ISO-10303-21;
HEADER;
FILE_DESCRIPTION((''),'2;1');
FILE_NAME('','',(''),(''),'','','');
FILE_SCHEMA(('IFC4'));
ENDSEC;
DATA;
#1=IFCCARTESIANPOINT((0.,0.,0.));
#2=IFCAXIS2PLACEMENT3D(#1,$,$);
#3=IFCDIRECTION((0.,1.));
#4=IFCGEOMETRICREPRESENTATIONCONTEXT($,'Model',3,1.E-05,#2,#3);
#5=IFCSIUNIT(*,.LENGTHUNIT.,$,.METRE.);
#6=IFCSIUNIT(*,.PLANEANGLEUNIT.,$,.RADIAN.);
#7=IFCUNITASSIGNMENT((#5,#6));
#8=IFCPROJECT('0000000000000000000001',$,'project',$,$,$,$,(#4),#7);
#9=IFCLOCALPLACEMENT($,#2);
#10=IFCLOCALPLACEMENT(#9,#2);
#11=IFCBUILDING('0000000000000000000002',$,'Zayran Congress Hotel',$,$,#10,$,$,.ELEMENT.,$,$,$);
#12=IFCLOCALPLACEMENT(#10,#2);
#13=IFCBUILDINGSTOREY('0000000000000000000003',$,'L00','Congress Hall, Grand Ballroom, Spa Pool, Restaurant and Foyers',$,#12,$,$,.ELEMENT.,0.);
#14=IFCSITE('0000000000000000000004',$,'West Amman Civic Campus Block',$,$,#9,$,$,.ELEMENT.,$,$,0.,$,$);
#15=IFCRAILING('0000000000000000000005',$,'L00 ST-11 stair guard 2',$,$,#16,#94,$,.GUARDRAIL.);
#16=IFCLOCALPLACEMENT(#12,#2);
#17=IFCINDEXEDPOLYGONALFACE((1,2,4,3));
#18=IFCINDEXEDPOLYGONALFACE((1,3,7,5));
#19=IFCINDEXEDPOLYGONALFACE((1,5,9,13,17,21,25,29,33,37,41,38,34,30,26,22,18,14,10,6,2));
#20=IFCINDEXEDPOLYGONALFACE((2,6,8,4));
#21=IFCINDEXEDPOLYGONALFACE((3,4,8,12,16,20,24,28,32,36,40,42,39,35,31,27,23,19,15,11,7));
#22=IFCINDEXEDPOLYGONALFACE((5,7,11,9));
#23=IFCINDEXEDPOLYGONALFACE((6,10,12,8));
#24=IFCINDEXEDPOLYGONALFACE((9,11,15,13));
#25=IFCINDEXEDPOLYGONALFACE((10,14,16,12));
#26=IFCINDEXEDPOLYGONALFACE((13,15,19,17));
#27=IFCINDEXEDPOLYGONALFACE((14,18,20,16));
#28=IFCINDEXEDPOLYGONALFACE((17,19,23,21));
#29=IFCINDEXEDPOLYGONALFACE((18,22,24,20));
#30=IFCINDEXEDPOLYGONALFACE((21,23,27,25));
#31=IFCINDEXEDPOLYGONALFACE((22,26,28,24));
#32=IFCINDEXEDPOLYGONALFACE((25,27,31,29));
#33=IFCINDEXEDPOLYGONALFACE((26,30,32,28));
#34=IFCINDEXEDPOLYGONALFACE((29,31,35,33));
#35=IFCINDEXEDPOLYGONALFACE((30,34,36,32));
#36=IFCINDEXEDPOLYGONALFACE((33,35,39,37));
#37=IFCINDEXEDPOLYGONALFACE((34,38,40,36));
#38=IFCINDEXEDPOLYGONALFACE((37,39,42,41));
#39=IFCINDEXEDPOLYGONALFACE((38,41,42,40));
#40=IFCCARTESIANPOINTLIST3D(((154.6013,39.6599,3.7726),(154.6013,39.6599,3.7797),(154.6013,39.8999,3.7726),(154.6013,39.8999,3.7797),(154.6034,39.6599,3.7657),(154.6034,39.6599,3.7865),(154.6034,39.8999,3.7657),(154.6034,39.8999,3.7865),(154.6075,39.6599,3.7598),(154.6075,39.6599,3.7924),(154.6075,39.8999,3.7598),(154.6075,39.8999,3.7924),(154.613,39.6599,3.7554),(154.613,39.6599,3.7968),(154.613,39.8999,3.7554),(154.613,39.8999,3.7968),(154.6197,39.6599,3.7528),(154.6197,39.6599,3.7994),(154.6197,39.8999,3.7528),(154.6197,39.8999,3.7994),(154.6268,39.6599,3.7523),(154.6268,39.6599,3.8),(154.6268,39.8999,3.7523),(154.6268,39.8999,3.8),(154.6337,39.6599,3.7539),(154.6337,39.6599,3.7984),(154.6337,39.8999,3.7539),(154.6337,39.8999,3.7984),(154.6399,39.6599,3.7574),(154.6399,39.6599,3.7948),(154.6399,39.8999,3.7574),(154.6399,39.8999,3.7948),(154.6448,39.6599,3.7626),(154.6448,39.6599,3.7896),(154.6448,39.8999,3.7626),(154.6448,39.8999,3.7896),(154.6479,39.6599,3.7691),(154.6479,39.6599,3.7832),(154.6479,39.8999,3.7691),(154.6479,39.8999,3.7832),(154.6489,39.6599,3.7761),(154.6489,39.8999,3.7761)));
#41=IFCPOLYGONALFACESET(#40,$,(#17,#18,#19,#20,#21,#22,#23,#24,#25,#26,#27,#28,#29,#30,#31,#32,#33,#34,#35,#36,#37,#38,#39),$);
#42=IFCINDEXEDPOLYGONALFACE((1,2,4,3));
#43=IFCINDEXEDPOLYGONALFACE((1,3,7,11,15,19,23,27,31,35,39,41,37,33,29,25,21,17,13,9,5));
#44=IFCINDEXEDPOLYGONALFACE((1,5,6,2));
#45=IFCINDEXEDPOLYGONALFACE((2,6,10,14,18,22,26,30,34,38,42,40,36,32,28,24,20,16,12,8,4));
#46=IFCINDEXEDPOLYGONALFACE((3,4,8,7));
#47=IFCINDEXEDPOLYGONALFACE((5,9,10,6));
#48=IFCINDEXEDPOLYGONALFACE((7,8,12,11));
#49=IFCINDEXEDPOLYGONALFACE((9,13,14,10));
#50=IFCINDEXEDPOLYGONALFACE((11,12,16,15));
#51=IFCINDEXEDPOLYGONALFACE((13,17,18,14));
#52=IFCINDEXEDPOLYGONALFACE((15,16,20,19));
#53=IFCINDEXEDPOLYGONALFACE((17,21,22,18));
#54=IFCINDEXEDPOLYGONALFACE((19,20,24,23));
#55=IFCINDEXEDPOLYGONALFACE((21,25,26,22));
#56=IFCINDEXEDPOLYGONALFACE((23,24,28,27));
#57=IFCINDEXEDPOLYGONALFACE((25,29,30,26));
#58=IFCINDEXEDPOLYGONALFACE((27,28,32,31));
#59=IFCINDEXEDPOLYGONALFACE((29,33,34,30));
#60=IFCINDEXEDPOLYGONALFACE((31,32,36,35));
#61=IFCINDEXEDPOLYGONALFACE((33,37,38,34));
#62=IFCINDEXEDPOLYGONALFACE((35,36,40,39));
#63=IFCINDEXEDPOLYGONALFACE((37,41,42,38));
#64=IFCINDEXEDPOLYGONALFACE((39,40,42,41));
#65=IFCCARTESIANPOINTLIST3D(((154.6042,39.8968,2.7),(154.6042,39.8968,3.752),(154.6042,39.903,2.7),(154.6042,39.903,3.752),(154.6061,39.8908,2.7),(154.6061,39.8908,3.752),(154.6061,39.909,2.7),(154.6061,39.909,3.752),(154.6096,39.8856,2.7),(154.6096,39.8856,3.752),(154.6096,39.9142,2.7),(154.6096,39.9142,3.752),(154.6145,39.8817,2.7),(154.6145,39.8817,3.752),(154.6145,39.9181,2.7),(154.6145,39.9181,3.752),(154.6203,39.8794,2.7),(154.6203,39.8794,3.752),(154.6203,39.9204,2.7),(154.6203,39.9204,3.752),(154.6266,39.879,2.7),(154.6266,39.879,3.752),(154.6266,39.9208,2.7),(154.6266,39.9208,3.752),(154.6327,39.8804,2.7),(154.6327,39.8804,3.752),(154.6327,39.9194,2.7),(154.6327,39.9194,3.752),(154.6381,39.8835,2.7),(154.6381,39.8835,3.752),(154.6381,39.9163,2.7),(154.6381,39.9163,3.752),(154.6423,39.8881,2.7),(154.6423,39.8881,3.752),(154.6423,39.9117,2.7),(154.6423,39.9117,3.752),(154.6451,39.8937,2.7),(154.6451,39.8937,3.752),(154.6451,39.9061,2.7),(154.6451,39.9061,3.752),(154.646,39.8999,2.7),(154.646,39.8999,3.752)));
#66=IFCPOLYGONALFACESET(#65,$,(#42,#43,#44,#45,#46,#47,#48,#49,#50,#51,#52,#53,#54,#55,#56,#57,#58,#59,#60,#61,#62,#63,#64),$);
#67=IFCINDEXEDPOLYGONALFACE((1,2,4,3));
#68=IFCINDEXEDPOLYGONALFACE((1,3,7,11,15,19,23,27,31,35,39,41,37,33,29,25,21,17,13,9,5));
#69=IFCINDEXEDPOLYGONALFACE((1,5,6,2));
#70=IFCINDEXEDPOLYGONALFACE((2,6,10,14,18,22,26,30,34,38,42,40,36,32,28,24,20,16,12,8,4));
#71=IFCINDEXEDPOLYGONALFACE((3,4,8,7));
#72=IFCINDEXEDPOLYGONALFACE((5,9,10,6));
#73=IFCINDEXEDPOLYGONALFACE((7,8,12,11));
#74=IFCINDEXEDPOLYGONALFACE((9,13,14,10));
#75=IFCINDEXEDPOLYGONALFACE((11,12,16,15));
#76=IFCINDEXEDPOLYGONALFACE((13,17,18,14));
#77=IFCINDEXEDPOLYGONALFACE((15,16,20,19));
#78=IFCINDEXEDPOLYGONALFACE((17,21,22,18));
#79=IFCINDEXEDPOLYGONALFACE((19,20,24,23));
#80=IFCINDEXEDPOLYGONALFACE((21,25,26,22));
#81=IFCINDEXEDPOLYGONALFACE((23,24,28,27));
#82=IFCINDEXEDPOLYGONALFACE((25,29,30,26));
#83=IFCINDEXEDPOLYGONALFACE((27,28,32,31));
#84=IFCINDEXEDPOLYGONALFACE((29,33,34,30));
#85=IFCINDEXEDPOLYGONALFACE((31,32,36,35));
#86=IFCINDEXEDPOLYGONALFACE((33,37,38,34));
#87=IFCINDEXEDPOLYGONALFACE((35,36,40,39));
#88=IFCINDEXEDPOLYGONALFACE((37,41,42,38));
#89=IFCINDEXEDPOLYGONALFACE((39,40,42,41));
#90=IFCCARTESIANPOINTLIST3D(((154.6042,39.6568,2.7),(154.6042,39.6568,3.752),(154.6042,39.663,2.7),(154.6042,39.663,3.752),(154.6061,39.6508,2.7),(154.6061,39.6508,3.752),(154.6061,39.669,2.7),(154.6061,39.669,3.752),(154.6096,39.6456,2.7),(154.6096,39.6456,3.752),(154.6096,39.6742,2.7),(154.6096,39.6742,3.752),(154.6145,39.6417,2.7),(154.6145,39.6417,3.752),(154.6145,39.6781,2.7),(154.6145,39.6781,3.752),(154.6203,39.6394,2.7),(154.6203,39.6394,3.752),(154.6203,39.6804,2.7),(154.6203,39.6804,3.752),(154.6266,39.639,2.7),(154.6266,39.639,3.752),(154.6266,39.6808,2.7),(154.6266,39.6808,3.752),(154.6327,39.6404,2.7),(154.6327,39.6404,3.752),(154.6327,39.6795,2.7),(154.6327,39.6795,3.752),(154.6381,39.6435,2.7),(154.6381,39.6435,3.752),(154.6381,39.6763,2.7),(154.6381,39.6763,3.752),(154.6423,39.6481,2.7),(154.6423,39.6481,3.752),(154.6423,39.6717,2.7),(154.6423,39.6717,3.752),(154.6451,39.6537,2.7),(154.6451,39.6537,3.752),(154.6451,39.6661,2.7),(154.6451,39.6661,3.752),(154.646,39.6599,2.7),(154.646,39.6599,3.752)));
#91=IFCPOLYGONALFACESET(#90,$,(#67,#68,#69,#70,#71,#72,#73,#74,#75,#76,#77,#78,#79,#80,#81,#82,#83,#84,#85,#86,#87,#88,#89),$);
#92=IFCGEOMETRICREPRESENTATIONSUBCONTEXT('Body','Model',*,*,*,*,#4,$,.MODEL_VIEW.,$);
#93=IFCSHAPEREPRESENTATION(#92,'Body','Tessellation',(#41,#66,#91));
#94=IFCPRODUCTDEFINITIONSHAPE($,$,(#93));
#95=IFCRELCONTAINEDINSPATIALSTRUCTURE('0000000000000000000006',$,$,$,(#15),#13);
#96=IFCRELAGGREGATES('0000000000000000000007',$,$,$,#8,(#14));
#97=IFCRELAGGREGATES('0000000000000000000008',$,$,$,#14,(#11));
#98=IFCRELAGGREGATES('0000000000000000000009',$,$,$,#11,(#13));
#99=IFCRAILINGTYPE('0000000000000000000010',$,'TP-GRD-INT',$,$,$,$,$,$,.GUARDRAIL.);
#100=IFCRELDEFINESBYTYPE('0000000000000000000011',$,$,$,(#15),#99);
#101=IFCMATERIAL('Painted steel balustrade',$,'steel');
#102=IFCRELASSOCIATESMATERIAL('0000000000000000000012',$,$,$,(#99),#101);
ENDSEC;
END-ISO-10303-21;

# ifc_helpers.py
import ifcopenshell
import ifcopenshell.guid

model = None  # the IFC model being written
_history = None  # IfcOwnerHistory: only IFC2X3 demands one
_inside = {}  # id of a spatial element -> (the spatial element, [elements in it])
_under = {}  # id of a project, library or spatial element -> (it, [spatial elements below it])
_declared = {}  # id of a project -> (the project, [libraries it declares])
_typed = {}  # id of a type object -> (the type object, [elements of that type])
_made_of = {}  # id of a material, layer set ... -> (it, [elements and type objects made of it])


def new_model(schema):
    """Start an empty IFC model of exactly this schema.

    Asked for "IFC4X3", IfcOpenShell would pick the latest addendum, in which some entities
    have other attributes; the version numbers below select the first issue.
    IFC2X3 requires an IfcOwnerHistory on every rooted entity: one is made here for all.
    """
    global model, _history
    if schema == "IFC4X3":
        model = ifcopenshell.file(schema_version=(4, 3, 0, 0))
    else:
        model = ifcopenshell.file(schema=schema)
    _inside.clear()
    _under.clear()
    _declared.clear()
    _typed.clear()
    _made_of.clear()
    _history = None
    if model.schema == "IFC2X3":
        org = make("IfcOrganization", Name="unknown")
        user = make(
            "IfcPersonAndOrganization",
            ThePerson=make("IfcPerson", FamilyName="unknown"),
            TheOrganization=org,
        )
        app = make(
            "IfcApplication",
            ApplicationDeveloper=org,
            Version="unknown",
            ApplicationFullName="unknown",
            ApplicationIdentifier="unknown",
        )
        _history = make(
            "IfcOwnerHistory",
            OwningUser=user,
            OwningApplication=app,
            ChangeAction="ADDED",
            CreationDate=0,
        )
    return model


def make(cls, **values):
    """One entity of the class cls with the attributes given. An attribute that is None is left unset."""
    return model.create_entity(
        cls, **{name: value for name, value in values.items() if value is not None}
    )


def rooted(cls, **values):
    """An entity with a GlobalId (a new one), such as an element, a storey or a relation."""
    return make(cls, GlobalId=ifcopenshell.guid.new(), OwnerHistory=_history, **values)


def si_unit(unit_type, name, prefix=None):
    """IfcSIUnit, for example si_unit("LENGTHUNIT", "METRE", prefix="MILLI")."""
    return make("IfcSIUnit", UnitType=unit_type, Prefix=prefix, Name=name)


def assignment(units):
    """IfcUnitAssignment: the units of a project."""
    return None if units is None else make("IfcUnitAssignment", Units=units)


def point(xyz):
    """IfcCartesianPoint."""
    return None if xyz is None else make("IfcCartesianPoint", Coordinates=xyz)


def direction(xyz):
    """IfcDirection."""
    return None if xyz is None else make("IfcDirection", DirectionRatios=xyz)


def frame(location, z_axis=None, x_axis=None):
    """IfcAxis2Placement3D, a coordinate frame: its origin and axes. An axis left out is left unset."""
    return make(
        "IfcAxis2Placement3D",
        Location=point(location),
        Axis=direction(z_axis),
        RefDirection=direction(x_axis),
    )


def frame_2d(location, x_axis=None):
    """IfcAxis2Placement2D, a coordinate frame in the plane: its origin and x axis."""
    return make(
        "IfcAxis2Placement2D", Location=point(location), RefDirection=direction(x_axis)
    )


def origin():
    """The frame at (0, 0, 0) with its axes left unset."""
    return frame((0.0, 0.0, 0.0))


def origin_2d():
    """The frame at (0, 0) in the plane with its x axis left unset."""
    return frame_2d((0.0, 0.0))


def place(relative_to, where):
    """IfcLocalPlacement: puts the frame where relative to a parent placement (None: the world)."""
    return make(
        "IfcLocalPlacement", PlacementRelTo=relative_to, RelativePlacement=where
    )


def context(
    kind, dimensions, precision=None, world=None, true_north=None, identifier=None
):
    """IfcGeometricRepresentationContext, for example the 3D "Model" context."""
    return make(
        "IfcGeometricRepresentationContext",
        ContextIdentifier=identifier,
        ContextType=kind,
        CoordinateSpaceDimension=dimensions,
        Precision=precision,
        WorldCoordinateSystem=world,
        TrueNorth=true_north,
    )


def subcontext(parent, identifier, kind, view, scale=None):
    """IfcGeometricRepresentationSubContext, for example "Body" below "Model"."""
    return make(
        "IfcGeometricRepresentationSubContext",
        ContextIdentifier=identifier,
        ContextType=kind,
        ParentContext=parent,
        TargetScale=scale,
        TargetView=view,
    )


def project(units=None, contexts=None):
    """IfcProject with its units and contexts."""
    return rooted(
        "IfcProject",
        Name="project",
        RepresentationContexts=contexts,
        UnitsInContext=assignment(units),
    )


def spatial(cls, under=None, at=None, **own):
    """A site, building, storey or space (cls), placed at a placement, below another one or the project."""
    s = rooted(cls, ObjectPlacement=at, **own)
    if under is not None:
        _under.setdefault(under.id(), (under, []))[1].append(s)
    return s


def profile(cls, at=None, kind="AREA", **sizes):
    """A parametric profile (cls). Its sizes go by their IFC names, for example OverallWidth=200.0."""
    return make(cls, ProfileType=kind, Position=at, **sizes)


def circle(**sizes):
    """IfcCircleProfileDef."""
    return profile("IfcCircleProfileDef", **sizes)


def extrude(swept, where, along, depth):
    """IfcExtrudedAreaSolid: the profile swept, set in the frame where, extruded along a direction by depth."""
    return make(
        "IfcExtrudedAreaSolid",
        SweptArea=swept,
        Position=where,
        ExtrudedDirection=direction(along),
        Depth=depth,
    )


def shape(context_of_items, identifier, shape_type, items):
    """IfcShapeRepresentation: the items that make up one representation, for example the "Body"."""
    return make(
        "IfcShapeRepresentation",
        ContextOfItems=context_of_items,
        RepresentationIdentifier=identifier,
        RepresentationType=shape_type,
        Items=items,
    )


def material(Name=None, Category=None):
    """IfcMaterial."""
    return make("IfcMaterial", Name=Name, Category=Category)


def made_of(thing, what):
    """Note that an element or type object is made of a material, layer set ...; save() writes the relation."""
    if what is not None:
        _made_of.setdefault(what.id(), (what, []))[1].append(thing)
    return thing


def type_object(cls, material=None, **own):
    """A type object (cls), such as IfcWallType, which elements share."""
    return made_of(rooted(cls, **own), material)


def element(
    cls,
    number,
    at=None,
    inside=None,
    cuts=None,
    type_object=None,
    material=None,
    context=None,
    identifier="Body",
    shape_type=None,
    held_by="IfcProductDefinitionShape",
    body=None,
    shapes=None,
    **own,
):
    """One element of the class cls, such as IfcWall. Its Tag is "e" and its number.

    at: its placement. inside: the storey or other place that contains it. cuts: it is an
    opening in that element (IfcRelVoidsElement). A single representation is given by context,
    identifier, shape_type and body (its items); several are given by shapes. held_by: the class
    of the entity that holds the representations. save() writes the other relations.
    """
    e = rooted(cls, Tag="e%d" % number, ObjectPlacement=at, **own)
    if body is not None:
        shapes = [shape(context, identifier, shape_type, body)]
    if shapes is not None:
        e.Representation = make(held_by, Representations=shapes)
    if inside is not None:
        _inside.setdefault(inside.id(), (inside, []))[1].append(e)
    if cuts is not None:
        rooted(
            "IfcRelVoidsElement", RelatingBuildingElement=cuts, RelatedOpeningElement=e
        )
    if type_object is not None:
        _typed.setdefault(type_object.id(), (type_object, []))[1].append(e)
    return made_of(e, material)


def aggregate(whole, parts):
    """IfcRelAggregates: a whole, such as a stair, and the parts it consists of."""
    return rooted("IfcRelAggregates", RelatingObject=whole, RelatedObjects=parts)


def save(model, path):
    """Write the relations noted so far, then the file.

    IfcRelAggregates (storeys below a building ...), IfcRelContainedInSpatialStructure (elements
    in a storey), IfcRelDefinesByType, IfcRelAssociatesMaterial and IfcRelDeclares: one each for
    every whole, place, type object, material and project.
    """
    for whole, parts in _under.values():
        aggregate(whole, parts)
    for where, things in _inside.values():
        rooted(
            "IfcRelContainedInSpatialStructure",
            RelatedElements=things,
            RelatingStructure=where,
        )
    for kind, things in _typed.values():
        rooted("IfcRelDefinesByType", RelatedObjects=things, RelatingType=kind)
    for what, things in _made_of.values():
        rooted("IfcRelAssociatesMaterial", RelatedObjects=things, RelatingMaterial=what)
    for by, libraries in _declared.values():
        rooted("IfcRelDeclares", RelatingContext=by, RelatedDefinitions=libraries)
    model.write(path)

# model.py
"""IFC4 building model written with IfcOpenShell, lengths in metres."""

from ifc_helpers import new_model, si_unit, direction, frame, origin, origin_2d, place, context, subcontext, project, spatial, circle, extrude, material, type_object, element, save


model = new_model("IFC4")

# Units and contexts
model_context = context("Model", 3, precision=1e-05, world=origin(), true_north=direction((0.0, 1.0)))
body_context = subcontext(model_context, "Body", "Model", "MODEL_VIEW")
ifc_project = project(units=[si_unit("LENGTHUNIT", "METRE"), si_unit("PLANEANGLEUNIT", "RADIAN")], contexts=[model_context])

# Site, building, storey
site_placement = place(None, origin())
site = spatial("IfcSite", under=ifc_project, at=site_placement, Name="West Amman Civic Campus Block", CompositionType="ELEMENT", RefElevation=0.0)
building_placement = place(site_placement, origin())
building = spatial("IfcBuilding", under=site, at=building_placement, Name="Zayran Congress Hotel", CompositionType="ELEMENT")
storey_placement = place(building_placement, origin())
storey = spatial("IfcBuildingStorey", under=building, at=storey_placement, Name="L00", Description="Congress Hall, Grand Ballroom, Spa Pool, Restaurant and Foyers", CompositionType="ELEMENT", Elevation=0.0)

# Railing
ifc_material_1 = material(Name="Painted steel balustrade", Category="steel")
railing_type_1 = type_object("IfcRailingType", Name="TP-GRD-INT", PredefinedType="GUARDRAIL", material=ifc_material_1)
railing_1_placement = place(storey_placement, frame((154.625, 39.8999, 2.7)))
element("IfcRailing", 1, at=railing_1_placement, inside=storey, type_object=railing_type_1, Name="L00 ST-11 stair guard 2", PredefinedType="GUARDRAIL", context=body_context, shape_type="SweptSolid", body=[
    extrude(circle(Radius=0.0239, at=origin_2d()), frame((0.0, 0.0, 1.0762), z_axis=(0.0, -1.0, 0.0), x_axis=(1.0, 0.0, 0.0)), (0.0, 0.0, 1.0), 0.24),
    extrude(circle(Radius=0.021, at=origin_2d()), origin(), (0.0, 0.0, 1.0), 1.052),
    extrude(circle(Radius=0.021, at=origin_2d()), frame((0.0, -0.24, 0.0)), (0.0, 0.0, 1.0), 1.052),
])

save(model, "model.ifc")
